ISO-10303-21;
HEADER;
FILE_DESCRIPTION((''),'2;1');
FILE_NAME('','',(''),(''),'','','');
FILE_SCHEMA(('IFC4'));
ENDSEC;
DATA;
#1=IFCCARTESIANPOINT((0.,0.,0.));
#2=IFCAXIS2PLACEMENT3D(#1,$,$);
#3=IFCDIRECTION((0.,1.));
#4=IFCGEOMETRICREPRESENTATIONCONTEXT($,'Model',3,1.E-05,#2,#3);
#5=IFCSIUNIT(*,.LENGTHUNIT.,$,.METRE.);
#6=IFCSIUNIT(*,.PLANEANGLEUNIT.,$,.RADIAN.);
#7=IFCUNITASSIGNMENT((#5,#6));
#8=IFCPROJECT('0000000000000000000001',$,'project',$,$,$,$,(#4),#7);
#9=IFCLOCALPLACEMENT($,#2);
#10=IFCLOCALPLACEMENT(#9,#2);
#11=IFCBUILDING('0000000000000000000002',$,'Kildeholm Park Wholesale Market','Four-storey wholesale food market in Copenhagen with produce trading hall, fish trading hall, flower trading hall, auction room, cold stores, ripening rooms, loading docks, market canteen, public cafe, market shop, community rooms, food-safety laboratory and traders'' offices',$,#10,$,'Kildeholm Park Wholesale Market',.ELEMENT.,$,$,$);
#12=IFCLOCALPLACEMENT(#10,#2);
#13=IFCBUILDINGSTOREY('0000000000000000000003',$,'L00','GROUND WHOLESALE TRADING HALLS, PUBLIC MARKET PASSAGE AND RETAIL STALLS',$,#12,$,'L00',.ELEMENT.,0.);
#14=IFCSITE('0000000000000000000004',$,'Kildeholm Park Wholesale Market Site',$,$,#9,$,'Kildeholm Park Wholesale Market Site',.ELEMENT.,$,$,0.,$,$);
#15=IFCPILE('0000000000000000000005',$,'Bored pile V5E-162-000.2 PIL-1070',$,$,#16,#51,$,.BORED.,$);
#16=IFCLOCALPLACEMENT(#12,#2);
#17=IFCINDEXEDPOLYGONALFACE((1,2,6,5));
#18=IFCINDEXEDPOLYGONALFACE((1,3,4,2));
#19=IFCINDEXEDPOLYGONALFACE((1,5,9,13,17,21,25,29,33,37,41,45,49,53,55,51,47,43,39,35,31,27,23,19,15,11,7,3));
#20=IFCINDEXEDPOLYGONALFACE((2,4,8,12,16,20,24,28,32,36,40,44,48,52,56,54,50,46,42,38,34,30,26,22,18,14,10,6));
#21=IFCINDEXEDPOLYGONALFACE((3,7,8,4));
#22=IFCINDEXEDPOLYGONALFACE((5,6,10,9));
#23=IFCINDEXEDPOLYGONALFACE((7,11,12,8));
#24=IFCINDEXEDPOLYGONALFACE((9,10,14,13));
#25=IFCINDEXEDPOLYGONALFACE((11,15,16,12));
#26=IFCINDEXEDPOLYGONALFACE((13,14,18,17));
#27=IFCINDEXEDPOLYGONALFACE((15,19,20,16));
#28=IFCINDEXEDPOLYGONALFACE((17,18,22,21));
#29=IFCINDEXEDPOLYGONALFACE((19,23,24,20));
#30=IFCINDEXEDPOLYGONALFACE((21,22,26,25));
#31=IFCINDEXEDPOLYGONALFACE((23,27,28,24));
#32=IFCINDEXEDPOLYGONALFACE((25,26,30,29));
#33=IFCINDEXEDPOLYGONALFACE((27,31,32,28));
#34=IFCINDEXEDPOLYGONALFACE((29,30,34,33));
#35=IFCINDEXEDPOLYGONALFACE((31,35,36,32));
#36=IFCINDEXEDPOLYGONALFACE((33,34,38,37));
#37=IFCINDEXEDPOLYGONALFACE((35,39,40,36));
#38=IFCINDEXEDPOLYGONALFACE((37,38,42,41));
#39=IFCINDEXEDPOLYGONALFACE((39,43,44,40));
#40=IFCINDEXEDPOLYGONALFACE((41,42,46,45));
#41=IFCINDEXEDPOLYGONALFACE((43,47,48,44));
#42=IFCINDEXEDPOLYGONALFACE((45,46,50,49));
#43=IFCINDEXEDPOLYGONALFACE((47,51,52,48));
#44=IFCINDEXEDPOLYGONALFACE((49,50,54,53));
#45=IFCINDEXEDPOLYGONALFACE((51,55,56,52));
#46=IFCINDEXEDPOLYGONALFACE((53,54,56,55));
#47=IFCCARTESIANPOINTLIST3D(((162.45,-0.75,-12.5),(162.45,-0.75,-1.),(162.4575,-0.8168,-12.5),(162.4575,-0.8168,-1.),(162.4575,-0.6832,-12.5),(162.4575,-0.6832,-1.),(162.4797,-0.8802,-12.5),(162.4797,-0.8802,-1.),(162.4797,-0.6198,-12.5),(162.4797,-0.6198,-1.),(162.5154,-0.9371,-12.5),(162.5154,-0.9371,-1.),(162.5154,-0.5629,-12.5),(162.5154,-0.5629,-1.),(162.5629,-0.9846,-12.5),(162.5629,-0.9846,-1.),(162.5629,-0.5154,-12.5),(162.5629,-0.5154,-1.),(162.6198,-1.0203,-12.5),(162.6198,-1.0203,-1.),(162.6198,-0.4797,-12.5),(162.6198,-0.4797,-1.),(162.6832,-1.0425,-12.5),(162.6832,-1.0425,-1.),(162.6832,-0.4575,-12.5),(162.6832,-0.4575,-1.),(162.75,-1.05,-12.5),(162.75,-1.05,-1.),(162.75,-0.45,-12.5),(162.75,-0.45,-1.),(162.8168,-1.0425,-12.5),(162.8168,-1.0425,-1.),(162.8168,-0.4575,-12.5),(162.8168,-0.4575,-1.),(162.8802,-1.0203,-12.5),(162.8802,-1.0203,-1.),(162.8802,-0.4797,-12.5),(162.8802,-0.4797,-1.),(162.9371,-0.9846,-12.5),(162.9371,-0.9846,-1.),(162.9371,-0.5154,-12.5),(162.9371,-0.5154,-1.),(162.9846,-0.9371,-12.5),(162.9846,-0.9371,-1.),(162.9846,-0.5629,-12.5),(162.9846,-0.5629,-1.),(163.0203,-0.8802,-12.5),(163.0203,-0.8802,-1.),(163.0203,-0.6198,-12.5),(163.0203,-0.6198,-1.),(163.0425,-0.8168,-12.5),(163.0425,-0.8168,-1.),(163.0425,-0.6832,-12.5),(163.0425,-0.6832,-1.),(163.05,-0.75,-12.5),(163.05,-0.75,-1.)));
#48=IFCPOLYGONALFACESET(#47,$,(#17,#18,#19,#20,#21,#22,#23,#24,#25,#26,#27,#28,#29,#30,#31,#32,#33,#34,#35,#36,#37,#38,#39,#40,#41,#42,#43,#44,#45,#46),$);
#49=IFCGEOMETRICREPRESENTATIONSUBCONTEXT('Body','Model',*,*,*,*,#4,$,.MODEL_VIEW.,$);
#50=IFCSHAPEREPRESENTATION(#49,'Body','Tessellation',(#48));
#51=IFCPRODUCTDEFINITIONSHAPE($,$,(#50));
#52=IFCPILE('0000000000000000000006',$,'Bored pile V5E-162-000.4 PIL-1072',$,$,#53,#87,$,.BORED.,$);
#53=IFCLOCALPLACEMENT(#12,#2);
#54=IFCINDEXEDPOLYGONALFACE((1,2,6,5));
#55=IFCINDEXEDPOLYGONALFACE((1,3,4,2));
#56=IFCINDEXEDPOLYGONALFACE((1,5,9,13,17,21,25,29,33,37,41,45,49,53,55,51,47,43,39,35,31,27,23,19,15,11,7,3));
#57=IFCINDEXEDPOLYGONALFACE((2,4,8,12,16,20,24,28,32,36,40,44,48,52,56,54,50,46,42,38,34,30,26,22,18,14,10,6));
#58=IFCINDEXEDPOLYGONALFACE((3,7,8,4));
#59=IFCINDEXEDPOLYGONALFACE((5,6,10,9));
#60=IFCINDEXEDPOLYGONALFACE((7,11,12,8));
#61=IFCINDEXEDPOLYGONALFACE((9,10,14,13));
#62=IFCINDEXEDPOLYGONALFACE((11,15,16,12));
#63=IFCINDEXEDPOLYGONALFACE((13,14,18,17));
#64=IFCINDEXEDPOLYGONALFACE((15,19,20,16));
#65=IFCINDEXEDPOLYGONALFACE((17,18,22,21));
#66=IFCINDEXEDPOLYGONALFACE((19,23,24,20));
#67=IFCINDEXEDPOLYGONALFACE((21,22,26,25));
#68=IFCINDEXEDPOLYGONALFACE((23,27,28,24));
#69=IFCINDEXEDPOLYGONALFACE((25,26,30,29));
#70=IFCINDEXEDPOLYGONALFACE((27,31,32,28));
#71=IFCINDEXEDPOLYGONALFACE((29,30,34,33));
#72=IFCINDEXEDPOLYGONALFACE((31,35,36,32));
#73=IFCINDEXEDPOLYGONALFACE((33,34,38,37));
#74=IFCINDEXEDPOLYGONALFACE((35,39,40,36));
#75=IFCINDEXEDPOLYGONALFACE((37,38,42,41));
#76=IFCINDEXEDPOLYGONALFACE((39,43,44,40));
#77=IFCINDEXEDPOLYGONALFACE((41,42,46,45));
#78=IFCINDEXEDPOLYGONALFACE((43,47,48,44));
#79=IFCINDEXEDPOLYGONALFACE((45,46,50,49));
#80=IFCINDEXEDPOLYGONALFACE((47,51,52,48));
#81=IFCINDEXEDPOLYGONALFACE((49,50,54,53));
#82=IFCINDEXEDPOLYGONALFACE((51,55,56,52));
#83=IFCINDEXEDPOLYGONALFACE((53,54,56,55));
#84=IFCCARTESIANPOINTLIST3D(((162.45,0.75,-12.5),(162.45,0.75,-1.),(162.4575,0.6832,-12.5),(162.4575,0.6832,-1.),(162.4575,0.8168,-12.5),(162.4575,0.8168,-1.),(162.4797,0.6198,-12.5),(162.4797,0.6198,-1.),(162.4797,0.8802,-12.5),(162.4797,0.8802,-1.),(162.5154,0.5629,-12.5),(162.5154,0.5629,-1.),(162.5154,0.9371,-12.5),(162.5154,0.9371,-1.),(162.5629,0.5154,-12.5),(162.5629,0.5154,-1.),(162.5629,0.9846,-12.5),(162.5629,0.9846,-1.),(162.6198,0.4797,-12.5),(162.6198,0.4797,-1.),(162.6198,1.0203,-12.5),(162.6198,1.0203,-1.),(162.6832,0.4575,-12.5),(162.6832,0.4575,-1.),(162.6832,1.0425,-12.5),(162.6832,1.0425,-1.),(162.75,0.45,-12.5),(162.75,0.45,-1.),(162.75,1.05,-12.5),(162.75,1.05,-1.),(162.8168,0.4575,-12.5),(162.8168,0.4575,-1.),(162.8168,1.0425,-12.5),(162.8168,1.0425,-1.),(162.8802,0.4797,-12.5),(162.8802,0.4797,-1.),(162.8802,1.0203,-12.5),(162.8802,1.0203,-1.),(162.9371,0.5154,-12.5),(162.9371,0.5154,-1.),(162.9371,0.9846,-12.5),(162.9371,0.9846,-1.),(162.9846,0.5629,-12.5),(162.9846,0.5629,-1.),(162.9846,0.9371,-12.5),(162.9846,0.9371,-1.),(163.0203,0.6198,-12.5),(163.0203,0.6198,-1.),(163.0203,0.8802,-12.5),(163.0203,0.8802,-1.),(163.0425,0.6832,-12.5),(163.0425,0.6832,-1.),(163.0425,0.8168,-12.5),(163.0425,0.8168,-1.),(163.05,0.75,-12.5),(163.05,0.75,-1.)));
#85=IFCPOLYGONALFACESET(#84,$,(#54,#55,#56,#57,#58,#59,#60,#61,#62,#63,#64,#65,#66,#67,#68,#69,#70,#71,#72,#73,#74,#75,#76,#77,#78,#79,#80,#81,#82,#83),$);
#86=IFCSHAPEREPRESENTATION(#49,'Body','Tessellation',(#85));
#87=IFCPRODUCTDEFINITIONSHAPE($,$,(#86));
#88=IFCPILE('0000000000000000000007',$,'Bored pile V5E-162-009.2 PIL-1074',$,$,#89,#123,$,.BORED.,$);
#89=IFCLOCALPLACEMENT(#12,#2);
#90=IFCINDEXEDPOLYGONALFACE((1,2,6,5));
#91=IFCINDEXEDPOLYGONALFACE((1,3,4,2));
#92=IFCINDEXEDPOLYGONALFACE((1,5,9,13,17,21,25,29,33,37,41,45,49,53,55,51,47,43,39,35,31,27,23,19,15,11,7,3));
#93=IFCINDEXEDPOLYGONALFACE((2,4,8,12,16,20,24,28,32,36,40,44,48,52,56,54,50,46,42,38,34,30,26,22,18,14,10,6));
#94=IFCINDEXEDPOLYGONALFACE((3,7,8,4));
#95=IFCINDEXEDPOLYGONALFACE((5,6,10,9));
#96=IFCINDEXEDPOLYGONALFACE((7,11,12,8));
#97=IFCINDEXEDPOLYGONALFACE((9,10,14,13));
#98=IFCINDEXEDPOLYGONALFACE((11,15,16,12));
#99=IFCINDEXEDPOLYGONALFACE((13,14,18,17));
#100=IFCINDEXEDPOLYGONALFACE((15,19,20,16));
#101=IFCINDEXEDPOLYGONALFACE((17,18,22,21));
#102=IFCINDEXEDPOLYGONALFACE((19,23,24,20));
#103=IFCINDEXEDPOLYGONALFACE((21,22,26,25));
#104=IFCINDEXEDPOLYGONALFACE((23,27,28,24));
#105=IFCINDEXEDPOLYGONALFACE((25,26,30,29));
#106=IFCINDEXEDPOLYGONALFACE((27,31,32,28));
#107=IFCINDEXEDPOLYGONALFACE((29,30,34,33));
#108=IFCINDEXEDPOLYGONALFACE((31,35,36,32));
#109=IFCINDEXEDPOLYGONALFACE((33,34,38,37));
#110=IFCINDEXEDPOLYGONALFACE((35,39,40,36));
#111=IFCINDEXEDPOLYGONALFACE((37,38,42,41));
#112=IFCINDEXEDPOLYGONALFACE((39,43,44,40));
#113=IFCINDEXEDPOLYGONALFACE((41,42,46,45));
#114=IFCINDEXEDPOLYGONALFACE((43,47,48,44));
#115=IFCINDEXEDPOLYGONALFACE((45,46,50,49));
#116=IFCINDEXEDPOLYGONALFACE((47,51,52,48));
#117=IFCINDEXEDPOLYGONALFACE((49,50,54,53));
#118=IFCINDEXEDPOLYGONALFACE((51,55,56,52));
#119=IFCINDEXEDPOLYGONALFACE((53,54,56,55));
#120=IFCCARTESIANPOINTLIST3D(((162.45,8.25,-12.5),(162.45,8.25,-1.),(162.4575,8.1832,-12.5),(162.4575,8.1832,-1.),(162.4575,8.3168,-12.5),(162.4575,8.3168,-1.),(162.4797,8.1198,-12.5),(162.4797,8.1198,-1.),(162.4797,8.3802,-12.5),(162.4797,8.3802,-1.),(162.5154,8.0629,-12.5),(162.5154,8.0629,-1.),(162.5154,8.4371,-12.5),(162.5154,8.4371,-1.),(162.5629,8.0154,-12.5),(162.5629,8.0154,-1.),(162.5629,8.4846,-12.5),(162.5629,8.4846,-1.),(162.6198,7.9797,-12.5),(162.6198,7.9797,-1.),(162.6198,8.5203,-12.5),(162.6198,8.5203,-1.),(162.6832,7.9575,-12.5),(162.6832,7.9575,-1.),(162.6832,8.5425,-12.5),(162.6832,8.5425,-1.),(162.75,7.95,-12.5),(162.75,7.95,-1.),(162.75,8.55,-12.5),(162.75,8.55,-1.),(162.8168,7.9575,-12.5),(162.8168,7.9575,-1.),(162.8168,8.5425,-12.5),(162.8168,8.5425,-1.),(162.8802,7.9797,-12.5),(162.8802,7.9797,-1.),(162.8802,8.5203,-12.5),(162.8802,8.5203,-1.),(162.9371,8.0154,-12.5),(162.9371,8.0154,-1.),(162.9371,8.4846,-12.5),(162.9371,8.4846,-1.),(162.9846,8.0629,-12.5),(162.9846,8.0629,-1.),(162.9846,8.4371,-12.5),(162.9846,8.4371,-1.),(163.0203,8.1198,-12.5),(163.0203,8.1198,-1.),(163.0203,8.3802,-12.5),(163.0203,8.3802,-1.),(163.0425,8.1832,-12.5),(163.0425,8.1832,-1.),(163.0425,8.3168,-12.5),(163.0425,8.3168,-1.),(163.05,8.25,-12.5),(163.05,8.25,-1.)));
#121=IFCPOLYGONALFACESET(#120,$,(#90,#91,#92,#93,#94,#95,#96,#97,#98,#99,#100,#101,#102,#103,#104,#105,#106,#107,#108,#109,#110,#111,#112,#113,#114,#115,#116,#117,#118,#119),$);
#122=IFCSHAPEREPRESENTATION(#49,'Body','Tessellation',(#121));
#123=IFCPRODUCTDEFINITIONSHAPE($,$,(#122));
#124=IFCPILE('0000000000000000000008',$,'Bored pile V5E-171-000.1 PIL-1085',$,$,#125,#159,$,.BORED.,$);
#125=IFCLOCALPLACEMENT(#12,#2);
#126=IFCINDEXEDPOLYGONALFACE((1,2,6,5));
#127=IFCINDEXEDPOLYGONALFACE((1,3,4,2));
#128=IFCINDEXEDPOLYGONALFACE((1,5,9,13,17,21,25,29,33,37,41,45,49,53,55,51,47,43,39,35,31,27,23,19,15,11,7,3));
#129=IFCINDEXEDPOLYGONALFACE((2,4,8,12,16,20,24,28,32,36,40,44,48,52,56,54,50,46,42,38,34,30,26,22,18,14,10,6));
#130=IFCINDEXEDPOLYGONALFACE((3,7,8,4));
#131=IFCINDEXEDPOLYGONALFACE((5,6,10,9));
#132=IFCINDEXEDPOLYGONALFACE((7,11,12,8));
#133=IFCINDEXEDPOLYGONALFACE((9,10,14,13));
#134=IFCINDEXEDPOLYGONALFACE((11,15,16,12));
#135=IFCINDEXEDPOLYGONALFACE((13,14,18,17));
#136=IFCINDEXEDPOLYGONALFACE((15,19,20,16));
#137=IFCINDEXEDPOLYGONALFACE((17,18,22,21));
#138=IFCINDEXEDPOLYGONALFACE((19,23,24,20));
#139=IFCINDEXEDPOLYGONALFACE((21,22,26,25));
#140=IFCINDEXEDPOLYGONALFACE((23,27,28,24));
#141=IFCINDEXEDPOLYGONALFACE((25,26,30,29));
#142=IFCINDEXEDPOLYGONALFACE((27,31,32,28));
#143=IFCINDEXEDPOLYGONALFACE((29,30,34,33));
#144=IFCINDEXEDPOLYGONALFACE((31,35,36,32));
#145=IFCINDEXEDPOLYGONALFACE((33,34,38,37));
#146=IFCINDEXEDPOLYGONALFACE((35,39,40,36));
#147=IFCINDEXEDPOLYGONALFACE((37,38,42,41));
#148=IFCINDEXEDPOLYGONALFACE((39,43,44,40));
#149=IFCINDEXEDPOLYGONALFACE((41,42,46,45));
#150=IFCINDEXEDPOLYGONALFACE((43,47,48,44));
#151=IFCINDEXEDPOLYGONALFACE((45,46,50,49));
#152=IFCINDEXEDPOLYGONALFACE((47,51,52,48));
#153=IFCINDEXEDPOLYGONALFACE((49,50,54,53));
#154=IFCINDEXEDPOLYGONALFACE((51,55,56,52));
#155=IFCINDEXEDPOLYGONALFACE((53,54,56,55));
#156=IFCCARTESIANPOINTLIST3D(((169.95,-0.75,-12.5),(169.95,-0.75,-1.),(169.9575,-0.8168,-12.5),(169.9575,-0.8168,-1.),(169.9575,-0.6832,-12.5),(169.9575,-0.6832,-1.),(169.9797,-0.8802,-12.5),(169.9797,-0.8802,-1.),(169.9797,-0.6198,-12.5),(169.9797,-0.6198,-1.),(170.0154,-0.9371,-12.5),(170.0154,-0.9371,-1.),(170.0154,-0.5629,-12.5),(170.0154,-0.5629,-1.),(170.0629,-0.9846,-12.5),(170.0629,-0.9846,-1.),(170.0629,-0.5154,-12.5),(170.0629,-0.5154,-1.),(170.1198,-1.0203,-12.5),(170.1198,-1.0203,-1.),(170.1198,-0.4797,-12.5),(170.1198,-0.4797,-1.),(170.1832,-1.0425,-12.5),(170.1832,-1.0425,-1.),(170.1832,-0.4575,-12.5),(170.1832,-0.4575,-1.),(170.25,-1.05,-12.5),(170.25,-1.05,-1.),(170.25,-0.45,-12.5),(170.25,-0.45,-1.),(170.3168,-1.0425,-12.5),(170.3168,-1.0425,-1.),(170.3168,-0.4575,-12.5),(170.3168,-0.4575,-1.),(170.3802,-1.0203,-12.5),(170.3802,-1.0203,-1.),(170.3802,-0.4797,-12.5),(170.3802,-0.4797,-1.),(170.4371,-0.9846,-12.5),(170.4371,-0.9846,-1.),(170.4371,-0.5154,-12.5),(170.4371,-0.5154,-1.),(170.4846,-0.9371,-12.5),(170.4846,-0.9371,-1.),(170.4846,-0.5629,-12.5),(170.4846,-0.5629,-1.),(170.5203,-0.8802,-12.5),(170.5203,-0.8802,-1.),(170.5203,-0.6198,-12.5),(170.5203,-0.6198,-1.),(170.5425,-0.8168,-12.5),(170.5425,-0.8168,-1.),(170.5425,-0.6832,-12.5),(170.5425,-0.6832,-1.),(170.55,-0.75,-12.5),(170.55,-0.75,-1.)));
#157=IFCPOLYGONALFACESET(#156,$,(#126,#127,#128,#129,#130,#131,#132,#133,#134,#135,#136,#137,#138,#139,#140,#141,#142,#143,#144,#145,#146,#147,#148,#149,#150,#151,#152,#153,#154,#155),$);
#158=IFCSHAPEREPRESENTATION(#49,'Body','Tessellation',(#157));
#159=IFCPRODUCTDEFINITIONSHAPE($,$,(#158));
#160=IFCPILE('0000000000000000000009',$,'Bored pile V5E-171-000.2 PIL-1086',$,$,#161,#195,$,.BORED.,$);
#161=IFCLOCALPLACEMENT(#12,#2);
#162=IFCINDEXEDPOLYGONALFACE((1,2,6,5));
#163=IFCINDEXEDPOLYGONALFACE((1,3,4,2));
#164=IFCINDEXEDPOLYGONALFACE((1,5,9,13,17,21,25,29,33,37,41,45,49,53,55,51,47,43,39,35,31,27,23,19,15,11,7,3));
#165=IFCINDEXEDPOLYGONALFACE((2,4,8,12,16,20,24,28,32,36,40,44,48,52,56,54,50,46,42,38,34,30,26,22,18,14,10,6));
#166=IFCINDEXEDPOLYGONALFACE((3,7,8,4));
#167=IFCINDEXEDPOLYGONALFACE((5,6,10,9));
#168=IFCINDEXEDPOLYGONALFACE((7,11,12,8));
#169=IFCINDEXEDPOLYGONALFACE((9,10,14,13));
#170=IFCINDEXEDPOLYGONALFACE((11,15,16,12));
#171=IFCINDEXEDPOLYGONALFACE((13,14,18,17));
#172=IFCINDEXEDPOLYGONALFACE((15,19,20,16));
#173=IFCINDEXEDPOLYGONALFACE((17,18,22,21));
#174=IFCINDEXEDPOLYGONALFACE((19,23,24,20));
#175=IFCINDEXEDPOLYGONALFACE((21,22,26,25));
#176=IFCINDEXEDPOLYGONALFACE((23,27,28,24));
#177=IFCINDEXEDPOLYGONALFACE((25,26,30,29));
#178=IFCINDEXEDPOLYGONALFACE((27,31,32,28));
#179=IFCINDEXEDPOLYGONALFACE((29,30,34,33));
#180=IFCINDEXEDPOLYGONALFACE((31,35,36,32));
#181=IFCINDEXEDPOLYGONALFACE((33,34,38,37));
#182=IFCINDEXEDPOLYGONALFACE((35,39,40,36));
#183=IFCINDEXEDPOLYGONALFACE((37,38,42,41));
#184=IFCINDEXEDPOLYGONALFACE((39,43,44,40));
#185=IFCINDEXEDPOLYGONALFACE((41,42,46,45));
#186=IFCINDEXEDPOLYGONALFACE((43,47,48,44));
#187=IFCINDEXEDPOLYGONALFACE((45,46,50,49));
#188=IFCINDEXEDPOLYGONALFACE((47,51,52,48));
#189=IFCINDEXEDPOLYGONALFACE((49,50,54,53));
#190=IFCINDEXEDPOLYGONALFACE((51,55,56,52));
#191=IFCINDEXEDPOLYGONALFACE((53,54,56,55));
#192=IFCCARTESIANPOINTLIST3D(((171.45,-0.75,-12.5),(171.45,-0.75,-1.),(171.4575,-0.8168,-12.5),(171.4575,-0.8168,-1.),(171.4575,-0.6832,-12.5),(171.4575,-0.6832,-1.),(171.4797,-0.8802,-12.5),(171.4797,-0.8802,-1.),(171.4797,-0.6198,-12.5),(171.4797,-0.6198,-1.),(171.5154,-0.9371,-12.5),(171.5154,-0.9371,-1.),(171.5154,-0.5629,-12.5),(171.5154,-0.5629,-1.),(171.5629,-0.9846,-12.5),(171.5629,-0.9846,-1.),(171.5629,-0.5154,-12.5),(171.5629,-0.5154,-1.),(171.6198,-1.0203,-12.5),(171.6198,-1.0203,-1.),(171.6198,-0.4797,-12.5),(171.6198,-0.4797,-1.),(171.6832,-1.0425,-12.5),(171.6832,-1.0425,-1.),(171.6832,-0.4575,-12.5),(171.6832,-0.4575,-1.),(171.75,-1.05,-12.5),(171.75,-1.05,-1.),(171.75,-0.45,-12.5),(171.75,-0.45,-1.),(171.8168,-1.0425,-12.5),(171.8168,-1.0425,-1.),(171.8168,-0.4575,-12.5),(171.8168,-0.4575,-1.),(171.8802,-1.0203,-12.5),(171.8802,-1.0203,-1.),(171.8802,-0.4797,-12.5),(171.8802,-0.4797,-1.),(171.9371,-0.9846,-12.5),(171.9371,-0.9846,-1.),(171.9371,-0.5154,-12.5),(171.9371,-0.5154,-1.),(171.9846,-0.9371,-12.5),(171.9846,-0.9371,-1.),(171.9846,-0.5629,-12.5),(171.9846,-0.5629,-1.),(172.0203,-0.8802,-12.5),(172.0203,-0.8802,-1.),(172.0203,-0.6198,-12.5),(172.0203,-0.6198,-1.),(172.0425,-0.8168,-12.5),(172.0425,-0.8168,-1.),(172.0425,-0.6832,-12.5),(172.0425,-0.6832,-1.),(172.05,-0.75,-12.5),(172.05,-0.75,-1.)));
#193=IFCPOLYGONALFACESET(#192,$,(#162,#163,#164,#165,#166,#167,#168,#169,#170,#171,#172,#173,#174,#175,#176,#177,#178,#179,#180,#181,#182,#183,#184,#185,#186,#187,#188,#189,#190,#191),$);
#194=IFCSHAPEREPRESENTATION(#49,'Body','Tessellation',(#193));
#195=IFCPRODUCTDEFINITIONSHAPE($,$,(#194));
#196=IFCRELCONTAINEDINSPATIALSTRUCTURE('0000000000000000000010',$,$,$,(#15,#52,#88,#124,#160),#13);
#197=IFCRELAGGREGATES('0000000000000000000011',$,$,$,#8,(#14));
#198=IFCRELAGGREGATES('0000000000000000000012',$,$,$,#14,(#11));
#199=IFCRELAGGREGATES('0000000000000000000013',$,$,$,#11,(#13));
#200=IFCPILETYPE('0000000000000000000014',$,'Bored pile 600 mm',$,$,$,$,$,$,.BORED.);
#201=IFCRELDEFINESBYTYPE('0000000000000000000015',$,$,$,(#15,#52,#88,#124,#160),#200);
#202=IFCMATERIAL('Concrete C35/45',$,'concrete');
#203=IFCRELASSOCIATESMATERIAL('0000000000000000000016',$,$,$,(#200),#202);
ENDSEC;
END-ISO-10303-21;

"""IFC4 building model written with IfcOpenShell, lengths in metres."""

from ifc_helpers import new_model, si_unit, direction, frame, origin, origin_2d, place, context, subcontext, project, spatial, circle, extrude, material, material_profile, profile_set, type_object, element, save


model = new_model("IFC4")

# Units and contexts
model_context = context("Model", 3, precision=1e-05, world=origin(), true_north=direction((0.0, 1.0)))
body_context = subcontext(model_context, "Body", "Model", "MODEL_VIEW")
ifc_project = project(units=[si_unit("LENGTHUNIT", "METRE"), si_unit("PLANEANGLEUNIT", "RADIAN")], contexts=[model_context])

# Site, building, storey
site_placement = place(None, origin())
site = spatial("IfcSite", under=ifc_project, at=site_placement, Name="Kildeholm Park Wholesale Market Site", LongName="Kildeholm Park Wholesale Market Site", CompositionType="ELEMENT", RefElevation=0.0)
building_placement = place(site_placement, origin())
building = spatial("IfcBuilding", under=site, at=building_placement, Name="Kildeholm Park Wholesale Market", Description="Four-storey wholesale food market in Copenhagen with produce trading hall, fish trading hall, flower trading hall, auction room, cold stores, ripening rooms, loading docks, market canteen, public cafe, market shop, community rooms, food-safety laboratory and traders' offices", LongName="Kildeholm Park Wholesale Market", CompositionType="ELEMENT")
storey_placement = place(building_placement, origin())
storey = spatial("IfcBuildingStorey", under=building, at=storey_placement, Name="L00", Description="GROUND WHOLESALE TRADING HALLS, PUBLIC MARKET PASSAGE AND RETAIL STALLS", LongName="L00", CompositionType="ELEMENT", Elevation=0.0)

# Piles
ifc_material_1 = material(Name="Concrete C35/45", Category="concrete")
ifc_material_profile_1 = material_profile(ifc_material_1, circle(Radius=0.3, at=origin_2d()), Name="PILE D600")
ifc_profile_set_1 = profile_set([ifc_material_profile_1], Name="Concrete C35/45")
pile_type = type_object("IfcPileType", Name="Bored pile 600 mm", PredefinedType="BORED", material=ifc_profile_set_1)
for number, where, z_axis, x_axis, name in (
    (1, (162.75, -0.75, -1.0), (0.0, 0.0, -1.0), (1.0, 0.0, 0.0), "Bored pile V5E-162-000.2 PIL-1070"),
    (2, (162.75, 0.75, -1.0), (0.0, 0.0, -1.0), (1.0, 0.0, 0.0), "Bored pile V5E-162-000.4 PIL-1072"),
    (3, (162.75, 8.25, -1.0), (0.0, 0.0, -1.0), (1.0, 0.0, 0.0), "Bored pile V5E-162-009.2 PIL-1074"),
    (4, (170.25, -0.75, -1.0), (0.0, 0.0, -1.0), (1.0, 0.0, 0.0), "Bored pile V5E-171-000.1 PIL-1085"),
    (5, (171.75, -0.75, -1.0), (0.0, 0.0, -1.0), (1.0, 0.0, 0.0), "Bored pile V5E-171-000.2 PIL-1086"),
):
    element("IfcPile", number, at=place(storey_placement, frame(where, z_axis=z_axis, x_axis=x_axis)), inside=storey, type_object=pile_type, Name=name, PredefinedType="BORED", context=body_context, shape_type="SweptSolid", body=[
        extrude(circle(Radius=0.3, at=origin_2d()), origin(), (0.0, 0.0, 1.0), 11.5),
    ])

save(model, "model.ifc")
